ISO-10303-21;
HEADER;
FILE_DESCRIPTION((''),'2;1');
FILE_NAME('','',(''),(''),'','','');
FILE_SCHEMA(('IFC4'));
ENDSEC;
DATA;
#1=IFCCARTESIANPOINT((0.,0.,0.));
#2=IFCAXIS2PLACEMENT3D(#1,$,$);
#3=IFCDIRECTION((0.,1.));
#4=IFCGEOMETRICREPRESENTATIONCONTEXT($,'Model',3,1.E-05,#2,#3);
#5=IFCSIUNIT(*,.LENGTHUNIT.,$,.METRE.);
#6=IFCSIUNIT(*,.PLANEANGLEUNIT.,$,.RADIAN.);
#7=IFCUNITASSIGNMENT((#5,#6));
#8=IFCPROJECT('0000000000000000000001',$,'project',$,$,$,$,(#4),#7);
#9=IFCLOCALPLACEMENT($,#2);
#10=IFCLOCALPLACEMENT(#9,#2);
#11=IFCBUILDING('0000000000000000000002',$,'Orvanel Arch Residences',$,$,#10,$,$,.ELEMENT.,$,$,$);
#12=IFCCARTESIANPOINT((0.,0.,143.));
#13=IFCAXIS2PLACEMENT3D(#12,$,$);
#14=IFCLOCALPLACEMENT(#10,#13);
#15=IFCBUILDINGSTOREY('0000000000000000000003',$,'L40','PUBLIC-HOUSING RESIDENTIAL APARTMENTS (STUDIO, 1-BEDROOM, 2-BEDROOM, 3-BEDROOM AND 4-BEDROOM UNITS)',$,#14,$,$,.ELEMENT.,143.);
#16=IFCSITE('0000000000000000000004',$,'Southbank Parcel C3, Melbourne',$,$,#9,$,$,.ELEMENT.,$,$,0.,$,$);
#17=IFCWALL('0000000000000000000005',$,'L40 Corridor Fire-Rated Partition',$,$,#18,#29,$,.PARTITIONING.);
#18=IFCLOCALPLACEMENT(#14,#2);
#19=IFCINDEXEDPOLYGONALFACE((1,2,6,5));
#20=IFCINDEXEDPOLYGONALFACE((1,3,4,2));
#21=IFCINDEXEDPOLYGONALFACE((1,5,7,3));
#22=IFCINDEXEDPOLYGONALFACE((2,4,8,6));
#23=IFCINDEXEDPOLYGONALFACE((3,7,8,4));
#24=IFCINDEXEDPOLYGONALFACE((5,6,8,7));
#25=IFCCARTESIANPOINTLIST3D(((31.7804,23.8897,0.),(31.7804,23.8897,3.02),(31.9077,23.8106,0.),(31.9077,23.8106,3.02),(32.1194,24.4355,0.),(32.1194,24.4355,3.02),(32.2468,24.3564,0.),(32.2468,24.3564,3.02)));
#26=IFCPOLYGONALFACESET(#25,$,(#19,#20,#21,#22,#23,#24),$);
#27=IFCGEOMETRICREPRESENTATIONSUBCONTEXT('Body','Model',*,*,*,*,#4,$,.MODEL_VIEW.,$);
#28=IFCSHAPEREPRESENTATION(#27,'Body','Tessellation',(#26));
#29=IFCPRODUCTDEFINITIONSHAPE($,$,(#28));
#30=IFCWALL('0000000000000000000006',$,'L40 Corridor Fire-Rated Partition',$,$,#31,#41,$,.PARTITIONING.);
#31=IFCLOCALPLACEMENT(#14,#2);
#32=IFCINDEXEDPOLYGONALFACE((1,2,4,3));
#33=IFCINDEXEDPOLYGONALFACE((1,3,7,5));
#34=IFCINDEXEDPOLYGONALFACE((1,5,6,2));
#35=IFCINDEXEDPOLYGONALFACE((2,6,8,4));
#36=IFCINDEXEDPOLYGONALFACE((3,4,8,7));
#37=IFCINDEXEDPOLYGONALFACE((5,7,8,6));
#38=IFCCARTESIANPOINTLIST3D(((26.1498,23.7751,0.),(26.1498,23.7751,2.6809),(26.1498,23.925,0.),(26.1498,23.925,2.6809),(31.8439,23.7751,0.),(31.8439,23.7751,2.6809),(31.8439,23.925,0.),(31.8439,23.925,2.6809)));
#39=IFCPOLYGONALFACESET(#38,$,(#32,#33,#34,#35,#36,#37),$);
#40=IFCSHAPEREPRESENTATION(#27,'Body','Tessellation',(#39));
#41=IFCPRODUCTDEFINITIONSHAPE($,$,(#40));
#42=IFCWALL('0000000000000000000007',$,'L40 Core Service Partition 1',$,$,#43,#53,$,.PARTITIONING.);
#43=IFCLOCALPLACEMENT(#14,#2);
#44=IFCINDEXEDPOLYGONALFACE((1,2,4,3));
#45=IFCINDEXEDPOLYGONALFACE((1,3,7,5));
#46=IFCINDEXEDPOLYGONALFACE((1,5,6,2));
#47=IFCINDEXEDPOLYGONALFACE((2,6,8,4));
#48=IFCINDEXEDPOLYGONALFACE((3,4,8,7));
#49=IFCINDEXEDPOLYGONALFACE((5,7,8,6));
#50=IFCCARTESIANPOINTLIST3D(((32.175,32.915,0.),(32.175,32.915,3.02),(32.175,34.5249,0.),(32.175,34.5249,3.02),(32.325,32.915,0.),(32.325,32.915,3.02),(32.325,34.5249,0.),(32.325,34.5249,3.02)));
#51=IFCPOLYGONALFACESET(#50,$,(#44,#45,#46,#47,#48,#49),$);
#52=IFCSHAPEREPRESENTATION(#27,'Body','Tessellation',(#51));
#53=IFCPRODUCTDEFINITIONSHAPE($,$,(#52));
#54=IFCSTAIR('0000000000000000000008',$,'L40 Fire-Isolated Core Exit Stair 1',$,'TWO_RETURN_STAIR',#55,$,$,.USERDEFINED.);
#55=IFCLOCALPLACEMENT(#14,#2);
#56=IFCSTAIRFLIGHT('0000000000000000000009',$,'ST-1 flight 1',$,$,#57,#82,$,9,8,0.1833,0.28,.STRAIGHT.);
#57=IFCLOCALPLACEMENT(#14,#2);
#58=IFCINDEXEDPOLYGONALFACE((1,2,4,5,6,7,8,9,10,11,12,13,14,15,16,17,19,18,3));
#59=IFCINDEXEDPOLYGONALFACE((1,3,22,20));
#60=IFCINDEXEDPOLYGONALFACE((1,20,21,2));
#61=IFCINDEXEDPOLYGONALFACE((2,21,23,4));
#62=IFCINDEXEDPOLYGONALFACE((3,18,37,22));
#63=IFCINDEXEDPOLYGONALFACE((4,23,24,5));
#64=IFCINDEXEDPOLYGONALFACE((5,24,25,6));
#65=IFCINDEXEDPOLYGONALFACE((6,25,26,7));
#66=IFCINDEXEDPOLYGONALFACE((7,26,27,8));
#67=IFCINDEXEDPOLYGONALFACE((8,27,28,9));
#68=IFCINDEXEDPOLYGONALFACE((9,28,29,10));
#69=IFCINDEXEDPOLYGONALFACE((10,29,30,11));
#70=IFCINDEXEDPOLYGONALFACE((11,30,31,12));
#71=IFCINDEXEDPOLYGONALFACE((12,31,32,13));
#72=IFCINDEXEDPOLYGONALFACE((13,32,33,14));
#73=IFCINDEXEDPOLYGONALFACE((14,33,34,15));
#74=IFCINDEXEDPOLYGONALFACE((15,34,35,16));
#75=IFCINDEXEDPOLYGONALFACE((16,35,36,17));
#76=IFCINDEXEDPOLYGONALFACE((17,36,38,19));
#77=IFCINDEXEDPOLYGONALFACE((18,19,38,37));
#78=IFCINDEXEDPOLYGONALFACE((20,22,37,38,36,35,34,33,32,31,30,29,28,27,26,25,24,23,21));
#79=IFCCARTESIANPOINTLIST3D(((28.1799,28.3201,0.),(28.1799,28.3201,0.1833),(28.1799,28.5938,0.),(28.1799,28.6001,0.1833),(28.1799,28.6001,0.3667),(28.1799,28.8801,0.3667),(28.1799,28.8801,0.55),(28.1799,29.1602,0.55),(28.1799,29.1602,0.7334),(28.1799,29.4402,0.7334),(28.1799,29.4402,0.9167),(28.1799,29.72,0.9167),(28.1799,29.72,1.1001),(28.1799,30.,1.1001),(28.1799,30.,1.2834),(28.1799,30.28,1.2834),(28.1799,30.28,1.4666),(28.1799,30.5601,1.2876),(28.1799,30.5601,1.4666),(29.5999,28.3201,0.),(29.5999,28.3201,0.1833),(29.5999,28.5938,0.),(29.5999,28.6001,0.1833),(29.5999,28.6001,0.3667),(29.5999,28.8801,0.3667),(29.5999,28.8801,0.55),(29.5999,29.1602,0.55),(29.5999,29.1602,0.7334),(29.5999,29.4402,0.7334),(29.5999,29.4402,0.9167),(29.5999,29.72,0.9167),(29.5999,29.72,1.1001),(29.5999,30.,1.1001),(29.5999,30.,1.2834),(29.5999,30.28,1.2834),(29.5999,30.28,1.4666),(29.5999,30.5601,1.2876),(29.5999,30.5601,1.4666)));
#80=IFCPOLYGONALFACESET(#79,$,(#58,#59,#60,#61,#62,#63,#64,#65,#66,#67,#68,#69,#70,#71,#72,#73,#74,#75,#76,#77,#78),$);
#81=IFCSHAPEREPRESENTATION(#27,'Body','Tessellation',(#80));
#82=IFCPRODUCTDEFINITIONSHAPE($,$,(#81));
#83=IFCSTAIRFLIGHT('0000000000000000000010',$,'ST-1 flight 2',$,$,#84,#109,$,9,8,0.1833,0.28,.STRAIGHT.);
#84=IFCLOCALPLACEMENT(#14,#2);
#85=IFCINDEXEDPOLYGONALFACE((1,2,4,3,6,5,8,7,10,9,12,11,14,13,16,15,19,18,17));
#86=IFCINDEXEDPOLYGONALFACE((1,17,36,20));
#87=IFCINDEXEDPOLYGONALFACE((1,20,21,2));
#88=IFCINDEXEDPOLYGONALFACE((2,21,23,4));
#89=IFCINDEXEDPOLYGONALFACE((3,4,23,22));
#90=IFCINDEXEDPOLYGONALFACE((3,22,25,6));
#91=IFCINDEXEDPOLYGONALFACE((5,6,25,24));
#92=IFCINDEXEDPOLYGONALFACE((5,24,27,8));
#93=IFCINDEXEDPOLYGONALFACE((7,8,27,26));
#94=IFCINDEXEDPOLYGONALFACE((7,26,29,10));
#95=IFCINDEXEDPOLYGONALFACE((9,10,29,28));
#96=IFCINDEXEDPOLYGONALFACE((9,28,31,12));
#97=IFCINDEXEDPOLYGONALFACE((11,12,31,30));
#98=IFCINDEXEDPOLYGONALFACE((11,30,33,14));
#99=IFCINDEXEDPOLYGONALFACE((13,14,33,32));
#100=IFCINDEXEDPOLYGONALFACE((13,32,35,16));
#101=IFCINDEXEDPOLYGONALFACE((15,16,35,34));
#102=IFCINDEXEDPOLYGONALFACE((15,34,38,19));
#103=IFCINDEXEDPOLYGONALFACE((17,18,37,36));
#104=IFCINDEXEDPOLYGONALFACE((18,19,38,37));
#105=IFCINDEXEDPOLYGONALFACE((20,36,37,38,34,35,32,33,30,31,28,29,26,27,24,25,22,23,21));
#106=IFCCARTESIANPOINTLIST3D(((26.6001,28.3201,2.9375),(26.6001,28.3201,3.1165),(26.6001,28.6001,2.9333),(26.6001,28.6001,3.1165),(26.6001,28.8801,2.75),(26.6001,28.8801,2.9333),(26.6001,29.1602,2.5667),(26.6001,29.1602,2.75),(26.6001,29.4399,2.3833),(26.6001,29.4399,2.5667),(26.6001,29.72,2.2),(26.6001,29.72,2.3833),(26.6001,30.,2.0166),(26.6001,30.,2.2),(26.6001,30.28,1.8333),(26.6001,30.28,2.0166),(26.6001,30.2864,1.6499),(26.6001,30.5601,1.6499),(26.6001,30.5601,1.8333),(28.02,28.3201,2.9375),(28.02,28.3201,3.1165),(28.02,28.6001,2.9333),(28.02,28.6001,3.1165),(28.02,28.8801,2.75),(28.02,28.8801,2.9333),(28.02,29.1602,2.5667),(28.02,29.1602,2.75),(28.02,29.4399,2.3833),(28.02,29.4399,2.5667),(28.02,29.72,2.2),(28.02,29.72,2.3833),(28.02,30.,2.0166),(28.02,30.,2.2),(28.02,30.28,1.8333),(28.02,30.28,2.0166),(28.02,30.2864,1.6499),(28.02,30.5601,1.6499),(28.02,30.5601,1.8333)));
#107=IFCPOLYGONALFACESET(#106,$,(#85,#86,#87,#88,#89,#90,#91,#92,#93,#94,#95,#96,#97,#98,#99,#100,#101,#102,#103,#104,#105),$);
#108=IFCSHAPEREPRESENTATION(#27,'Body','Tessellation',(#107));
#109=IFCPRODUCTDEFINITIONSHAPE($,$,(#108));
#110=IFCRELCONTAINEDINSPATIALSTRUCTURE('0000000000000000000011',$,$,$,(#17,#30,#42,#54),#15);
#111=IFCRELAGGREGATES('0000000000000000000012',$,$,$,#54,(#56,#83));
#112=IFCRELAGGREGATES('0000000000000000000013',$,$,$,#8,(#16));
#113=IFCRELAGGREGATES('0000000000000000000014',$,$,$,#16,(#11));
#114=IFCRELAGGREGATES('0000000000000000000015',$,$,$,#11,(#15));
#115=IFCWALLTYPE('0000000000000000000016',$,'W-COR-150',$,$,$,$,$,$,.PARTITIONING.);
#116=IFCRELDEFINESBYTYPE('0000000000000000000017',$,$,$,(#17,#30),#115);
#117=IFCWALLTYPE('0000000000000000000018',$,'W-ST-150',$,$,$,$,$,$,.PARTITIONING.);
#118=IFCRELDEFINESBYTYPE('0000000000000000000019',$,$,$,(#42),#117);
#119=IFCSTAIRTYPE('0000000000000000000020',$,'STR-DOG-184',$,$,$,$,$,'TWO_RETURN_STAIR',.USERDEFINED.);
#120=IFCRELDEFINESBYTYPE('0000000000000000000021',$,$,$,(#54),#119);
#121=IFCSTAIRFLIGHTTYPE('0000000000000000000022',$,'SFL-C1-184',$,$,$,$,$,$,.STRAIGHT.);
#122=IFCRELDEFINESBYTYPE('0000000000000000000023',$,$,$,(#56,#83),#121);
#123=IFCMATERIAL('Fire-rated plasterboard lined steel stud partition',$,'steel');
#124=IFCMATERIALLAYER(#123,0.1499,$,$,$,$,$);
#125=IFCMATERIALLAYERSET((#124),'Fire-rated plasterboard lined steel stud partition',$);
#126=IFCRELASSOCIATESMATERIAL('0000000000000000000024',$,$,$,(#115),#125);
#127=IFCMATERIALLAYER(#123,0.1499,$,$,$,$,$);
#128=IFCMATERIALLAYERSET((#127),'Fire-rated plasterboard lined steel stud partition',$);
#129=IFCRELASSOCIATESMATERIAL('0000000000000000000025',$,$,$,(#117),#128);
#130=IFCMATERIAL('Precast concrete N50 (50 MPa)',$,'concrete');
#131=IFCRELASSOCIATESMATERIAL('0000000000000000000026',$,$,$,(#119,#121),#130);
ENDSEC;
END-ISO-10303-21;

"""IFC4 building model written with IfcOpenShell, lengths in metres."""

from ifc_helpers import new_model, si_unit, direction, frame, frame_2d, origin, place, context, subcontext, project, spatial, polyline, rectangle, outline, extrude, material, layer, layer_set, type_object, element, aggregate, save


model = new_model("IFC4")

# Units and contexts
model_context = context("Model", 3, precision=1e-05, world=origin(), true_north=direction((0.0, 1.0)))
body_context = subcontext(model_context, "Body", "Model", "MODEL_VIEW")
ifc_project = project(units=[si_unit("LENGTHUNIT", "METRE"), si_unit("PLANEANGLEUNIT", "RADIAN")], contexts=[model_context])

# Site, building, storey
site_placement = place(None, origin())
site = spatial("IfcSite", under=ifc_project, at=site_placement, Name="Southbank Parcel C3, Melbourne", CompositionType="ELEMENT", RefElevation=0.0)
building_placement = place(site_placement, origin())
building = spatial("IfcBuilding", under=site, at=building_placement, Name="Orvanel Arch Residences", CompositionType="ELEMENT")
storey_placement = place(building_placement, frame((0.0, 0.0, 143.0)))
storey = spatial("IfcBuildingStorey", under=building, at=storey_placement, Name="L40", Description="PUBLIC-HOUSING RESIDENTIAL APARTMENTS (STUDIO, 1-BEDROOM, 2-BEDROOM, 3-BEDROOM AND 4-BEDROOM UNITS)", CompositionType="ELEMENT", Elevation=143.0)

# Walls
ifc_material_1 = material(Name="Fire-rated plasterboard lined steel stud partition", Category="steel")
ifc_layer_1 = layer(ifc_material_1, 0.1499)
ifc_layer_set_1 = layer_set([ifc_layer_1], Name="Fire-rated plasterboard lined steel stud partition")
wall_type_1 = type_object("IfcWallType", Name="W-COR-150", PredefinedType="PARTITIONING", material=ifc_layer_set_1)
wall_1_placement = place(storey_placement, frame((32.1831, 24.396, 0.0), z_axis=(0.0, 0.0, 1.0), x_axis=(-0.527675, -0.849446, 0.0)))
element("IfcWall", 1, at=wall_1_placement, inside=storey, type_object=wall_type_1, Name="L40 Corridor Fire-Rated Partition", PredefinedType="PARTITIONING", context=body_context, shape_type="SweptSolid", body=[
    extrude(rectangle(XDim=0.6426, YDim=0.1499, at=frame_2d((0.3213, 0.0))), origin(), (0.0, 0.0, 1.0), 3.02),
])
wall_2_placement = place(storey_placement, frame((31.844, 23.8501, 0.0), z_axis=(0.0, 0.0, 1.0), x_axis=(-1.0, 0.0, 0.0)))
element("IfcWall", 2, at=wall_2_placement, inside=storey, type_object=wall_type_1, Name="L40 Corridor Fire-Rated Partition", PredefinedType="PARTITIONING", context=body_context, shape_type="SweptSolid", body=[
    extrude(rectangle(XDim=5.6941, YDim=0.1499, at=frame_2d((2.8472, 0.0))), origin(), (0.0, 0.0, 1.0), 2.6809),
])
ifc_layer_2 = layer(ifc_material_1, 0.1499)
ifc_layer_set_2 = layer_set([ifc_layer_2], Name="Fire-rated plasterboard lined steel stud partition")
wall_type_2 = type_object("IfcWallType", Name="W-ST-150", PredefinedType="PARTITIONING", material=ifc_layer_set_2)
wall_3_placement = place(storey_placement, frame((32.25, 32.915, 0.0), z_axis=(0.0, 0.0, 1.0), x_axis=(0.0, 1.0, 0.0)))
element("IfcWall", 3, at=wall_3_placement, inside=storey, type_object=wall_type_2, Name="L40 Core Service Partition 1", PredefinedType="PARTITIONING", context=body_context, shape_type="SweptSolid", body=[
    extrude(rectangle(XDim=1.6099, YDim=0.1499, at=frame_2d((0.8049, 0.0))), origin(), (0.0, 0.0, 1.0), 3.02),
])

# Stair, stair flights
ifc_material_2 = material(Name="Precast concrete N50 (50 MPa)", Category="concrete")
stair_type = type_object("IfcStairType", Name="STR-DOG-184", ElementType="TWO_RETURN_STAIR", PredefinedType="USERDEFINED", material=ifc_material_2)
stair_placement = place(storey_placement, origin())
stair = element("IfcStair", 4, at=stair_placement, inside=storey, type_object=stair_type, Name="L40 Fire-Isolated Core Exit Stair 1", ObjectType="TWO_RETURN_STAIR", PredefinedType="USERDEFINED")
stair_flight_type = type_object("IfcStairFlightType", Name="SFL-C1-184", PredefinedType="STRAIGHT", material=ifc_material_2)
stair_flight_1_placement = place(storey_placement, frame((28.8899, 28.3201, 0.0), z_axis=(0.0, 0.0, 1.0), x_axis=(0.0, 1.0, 0.0)))
stair_flight_1 = element("IfcStairFlight", 5, at=stair_flight_1_placement, type_object=stair_flight_type, Name="ST-1 flight 1", NumberOfRisers=9, NumberOfTreads=8, PredefinedType="STRAIGHT", RiserHeight=0.1833, TreadLength=0.28, context=body_context, shape_type="SweptSolid", body=[
    extrude(outline(polyline([(0.0, 0.0), (0.0, 0.1833), (0.28, 0.1833), (0.28, 0.3667), (0.5601, 0.3667), (0.5601, 0.55), (0.8401, 0.55), (0.8401, 0.7334), (1.1201, 0.7334), (1.1201, 0.9167), (1.3999, 0.9167), (1.3999, 1.1001), (1.6799, 1.1001), (1.6799, 1.2834), (1.96, 1.2834), (1.96, 1.4666), (2.24, 1.4666), (2.24, 1.6499), (2.24, 1.2876), (0.2737, 0.0), (0.0, 0.0)])), frame((0.0, 0.71, 0.0), z_axis=(0.0, -1.0, 0.0), x_axis=(1.0, 0.0, 0.0)), (0.0, 0.0, 1.0), 1.4199),
])
stair_flight_2_placement = place(storey_placement, frame((27.3101, 30.5601, 1.6499), z_axis=(0.0, 0.0, 1.0), x_axis=(0.0, -1.0, 0.0)))
stair_flight_2 = element("IfcStairFlight", 6, at=stair_flight_2_placement, type_object=stair_flight_type, Name="ST-1 flight 2", NumberOfRisers=9, NumberOfTreads=8, PredefinedType="STRAIGHT", RiserHeight=0.1833, TreadLength=0.28, context=body_context, shape_type="SweptSolid", body=[
    extrude(outline(polyline([(0.0, 0.0), (0.0, 0.1833), (0.28, 0.1833), (0.28, 0.3667), (0.5601, 0.3667), (0.5601, 0.55), (0.8401, 0.55), (0.8401, 0.7334), (1.1201, 0.7334), (1.1201, 0.9167), (1.3999, 0.9167), (1.3999, 1.1001), (1.6799, 1.1001), (1.6799, 1.2834), (1.96, 1.2834), (1.96, 1.4666), (2.24, 1.4666), (2.24, 1.6499), (2.24, 1.2876), (0.2737, 0.0), (0.0, 0.0)])), frame((0.0, 0.71, 0.0), z_axis=(0.0, -1.0, 0.0), x_axis=(1.0, 0.0, 0.0)), (0.0, 0.0, 1.0), 1.4199),
])
aggregate(stair, [stair_flight_1, stair_flight_2])

save(model, "model.ifc")
